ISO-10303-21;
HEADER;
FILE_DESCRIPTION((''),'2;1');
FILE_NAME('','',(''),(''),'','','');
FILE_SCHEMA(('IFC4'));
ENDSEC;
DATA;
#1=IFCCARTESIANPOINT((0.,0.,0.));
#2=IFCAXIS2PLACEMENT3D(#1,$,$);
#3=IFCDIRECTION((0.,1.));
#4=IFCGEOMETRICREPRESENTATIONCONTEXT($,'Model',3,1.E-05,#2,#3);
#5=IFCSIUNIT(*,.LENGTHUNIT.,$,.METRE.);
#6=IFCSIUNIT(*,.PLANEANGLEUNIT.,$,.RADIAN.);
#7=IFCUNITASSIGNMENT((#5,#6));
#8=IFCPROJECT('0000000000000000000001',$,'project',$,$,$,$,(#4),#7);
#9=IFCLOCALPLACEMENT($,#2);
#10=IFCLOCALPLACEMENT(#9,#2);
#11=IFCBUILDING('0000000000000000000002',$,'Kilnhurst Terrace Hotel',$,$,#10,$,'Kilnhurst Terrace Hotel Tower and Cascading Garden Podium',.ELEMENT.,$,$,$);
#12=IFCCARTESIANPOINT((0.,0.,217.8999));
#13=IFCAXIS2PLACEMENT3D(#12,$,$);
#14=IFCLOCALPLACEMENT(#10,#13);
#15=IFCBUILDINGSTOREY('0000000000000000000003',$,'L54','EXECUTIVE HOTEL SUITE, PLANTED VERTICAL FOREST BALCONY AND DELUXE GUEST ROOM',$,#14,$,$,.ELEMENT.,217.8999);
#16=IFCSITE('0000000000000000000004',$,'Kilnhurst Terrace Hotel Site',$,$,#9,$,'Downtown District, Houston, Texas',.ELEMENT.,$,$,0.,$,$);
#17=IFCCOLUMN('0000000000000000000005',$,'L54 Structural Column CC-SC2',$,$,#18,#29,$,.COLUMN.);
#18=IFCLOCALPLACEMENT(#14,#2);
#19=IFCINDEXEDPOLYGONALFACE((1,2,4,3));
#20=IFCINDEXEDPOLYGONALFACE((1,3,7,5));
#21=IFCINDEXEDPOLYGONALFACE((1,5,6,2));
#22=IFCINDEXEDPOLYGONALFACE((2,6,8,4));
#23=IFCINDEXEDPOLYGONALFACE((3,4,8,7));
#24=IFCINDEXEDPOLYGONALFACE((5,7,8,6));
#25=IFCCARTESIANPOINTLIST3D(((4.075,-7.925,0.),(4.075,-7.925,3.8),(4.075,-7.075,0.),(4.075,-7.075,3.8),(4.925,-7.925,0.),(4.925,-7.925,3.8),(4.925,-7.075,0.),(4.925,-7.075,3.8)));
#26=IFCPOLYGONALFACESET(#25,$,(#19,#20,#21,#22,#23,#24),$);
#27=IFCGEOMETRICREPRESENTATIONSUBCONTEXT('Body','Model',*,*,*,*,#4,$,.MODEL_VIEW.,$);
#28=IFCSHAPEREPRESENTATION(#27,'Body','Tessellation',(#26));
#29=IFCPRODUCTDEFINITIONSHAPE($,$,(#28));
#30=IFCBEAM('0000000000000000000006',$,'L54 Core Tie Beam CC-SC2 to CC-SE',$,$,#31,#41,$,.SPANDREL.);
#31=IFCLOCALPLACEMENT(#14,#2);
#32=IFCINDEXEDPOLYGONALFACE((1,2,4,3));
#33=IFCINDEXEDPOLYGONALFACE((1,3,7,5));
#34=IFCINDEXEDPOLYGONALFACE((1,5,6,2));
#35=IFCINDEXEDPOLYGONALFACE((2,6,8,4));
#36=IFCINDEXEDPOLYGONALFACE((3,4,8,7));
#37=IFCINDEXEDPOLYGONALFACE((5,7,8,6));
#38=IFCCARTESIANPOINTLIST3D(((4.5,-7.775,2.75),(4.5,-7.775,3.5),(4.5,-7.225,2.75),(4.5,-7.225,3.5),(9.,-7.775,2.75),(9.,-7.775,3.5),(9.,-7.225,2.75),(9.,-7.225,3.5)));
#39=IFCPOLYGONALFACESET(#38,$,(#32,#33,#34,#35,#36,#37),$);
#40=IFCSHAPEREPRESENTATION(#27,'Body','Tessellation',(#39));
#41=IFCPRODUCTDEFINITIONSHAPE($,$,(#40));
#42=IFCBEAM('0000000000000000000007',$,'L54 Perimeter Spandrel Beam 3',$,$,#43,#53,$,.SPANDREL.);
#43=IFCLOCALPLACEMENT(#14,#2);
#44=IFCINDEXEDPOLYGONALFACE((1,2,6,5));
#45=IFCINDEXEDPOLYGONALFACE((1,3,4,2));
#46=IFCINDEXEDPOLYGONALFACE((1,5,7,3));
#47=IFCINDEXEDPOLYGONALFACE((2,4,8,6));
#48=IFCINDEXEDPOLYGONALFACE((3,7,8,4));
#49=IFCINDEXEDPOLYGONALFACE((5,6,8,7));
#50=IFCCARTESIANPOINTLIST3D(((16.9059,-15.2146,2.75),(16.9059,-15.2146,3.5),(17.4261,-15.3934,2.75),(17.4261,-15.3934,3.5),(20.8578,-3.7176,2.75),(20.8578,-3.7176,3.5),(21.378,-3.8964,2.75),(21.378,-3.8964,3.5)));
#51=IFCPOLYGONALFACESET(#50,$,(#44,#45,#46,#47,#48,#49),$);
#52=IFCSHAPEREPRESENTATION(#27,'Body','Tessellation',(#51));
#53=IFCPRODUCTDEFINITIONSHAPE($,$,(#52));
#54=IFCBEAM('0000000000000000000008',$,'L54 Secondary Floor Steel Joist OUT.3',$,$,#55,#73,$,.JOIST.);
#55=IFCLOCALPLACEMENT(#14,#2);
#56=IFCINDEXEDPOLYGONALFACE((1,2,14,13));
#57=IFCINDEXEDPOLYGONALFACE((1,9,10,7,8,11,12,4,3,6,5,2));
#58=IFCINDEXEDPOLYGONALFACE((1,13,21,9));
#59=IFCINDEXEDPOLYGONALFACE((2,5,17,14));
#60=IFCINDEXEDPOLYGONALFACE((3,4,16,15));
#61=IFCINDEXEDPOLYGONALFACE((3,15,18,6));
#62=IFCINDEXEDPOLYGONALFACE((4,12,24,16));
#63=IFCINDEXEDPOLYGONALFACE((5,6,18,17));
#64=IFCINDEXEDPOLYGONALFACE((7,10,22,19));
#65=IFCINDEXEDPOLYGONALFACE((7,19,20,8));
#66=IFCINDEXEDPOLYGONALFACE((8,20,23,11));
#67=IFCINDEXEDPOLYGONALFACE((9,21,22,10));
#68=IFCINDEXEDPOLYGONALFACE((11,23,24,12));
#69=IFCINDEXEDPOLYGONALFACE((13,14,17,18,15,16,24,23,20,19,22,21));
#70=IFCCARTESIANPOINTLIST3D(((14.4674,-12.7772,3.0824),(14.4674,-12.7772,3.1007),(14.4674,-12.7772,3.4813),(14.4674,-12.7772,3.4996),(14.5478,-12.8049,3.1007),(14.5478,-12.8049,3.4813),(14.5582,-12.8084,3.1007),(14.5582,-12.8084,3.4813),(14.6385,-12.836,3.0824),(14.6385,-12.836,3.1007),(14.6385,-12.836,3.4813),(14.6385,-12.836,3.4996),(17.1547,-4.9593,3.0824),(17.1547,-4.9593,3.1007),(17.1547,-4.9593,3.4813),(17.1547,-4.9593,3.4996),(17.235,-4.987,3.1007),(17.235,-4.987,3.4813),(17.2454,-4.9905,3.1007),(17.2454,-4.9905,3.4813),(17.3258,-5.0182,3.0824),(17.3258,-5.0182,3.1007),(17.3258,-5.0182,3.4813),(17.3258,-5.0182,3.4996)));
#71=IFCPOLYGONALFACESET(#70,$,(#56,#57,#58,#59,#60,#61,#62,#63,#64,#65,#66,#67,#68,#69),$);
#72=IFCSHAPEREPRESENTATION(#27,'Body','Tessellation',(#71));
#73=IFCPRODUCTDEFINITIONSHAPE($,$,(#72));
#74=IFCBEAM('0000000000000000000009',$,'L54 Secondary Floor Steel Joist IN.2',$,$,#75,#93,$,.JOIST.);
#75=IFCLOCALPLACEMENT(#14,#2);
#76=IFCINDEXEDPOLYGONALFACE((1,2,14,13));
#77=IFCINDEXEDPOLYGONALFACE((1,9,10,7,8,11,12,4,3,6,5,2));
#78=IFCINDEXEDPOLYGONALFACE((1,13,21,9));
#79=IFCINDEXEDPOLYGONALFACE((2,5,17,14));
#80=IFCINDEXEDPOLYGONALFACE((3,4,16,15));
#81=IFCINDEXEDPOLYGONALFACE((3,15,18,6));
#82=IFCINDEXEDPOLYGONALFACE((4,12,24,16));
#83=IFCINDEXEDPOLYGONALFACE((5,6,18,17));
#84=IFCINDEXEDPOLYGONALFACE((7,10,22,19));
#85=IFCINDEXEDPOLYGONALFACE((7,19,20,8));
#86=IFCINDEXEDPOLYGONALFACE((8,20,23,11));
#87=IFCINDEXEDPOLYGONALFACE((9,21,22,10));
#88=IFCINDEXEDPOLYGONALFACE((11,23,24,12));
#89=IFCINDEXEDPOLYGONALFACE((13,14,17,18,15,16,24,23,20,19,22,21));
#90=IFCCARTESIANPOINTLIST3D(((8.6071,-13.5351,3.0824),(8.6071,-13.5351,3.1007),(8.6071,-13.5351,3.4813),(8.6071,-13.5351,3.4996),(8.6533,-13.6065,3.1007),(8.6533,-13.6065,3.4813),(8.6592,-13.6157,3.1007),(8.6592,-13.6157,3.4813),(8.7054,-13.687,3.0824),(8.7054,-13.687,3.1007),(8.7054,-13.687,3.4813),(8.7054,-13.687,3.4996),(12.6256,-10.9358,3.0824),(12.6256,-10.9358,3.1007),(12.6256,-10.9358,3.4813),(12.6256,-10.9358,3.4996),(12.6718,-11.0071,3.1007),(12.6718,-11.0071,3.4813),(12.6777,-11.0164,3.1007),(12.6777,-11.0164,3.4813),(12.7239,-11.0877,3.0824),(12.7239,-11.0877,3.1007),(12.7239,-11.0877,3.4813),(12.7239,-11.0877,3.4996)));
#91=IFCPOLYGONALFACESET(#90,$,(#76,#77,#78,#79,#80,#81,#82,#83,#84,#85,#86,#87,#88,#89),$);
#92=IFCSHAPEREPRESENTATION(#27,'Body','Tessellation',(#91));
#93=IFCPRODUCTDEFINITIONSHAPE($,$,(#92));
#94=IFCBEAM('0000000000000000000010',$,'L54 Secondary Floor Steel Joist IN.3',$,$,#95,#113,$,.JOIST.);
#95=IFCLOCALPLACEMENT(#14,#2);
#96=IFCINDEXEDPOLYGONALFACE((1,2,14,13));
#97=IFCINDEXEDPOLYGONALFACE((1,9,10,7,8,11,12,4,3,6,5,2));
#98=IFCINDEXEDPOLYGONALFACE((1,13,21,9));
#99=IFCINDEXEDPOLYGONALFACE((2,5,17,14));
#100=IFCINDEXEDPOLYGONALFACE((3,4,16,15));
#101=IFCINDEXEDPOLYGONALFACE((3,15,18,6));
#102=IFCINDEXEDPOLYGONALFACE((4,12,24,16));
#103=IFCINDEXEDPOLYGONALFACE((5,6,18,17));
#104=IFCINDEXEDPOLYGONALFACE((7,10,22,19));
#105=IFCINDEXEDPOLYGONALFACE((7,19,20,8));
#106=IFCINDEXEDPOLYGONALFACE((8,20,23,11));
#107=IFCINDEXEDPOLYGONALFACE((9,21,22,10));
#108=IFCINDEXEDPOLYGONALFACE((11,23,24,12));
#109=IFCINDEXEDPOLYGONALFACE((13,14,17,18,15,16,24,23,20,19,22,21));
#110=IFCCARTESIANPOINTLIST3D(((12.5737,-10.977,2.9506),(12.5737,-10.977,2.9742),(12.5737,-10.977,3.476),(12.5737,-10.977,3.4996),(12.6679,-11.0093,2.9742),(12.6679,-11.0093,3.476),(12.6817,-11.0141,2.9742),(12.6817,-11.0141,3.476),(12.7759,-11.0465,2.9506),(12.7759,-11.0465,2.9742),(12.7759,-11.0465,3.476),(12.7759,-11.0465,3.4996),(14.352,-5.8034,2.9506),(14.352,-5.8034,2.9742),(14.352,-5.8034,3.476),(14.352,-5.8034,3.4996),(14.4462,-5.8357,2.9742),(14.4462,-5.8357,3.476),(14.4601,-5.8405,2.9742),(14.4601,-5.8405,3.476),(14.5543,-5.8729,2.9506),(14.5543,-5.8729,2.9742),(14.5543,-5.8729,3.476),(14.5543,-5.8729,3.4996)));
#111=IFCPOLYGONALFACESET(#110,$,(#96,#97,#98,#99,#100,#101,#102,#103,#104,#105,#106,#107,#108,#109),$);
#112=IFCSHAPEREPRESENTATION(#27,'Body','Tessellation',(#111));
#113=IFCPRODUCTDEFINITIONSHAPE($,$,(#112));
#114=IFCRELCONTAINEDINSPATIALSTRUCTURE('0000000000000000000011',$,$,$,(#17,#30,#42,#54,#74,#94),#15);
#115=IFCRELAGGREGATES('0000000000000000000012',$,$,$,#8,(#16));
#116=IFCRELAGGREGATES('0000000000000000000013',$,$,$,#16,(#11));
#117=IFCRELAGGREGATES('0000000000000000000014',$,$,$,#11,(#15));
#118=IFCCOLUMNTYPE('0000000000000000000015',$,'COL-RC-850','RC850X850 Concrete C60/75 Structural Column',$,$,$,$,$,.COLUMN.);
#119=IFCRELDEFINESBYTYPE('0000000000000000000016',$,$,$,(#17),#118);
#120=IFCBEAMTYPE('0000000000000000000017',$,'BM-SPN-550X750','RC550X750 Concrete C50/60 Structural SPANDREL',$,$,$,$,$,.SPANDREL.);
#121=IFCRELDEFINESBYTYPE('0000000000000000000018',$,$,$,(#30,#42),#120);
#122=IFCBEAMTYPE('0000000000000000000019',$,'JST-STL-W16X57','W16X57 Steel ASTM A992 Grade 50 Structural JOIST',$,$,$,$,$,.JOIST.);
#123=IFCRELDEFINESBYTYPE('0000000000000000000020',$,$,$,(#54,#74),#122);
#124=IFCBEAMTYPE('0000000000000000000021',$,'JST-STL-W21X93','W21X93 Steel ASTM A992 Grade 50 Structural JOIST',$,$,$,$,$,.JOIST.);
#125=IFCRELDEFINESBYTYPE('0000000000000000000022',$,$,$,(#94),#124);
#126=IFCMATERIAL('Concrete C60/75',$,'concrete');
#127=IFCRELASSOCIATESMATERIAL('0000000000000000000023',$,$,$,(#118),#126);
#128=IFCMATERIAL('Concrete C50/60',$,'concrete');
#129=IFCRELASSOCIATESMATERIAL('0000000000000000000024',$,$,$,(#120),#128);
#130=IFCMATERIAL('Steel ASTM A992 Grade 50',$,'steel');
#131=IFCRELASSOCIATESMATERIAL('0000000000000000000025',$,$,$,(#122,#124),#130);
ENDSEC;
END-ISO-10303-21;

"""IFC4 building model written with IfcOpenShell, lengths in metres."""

from ifc_helpers import new_model, si_unit, direction, frame, origin, origin_2d, place, context, subcontext, project, spatial, rectangle, i_section, extrude, material, material_profile, profile_set, type_object, element, save


model = new_model("IFC4")

# Units and contexts
model_context = context("Model", 3, precision=1e-05, world=origin(), true_north=direction((0.0, 1.0)))
body_context = subcontext(model_context, "Body", "Model", "MODEL_VIEW")
ifc_project = project(units=[si_unit("LENGTHUNIT", "METRE"), si_unit("PLANEANGLEUNIT", "RADIAN")], contexts=[model_context])

# Site, building, storey
site_placement = place(None, origin())
site = spatial("IfcSite", under=ifc_project, at=site_placement, Name="Kilnhurst Terrace Hotel Site", LongName="Downtown District, Houston, Texas", CompositionType="ELEMENT", RefElevation=0.0)
building_placement = place(site_placement, origin())
building = spatial("IfcBuilding", under=site, at=building_placement, Name="Kilnhurst Terrace Hotel", LongName="Kilnhurst Terrace Hotel Tower and Cascading Garden Podium", CompositionType="ELEMENT")
storey_placement = place(building_placement, frame((0.0, 0.0, 217.8999)))
storey = spatial("IfcBuildingStorey", under=building, at=storey_placement, Name="L54", Description="EXECUTIVE HOTEL SUITE, PLANTED VERTICAL FOREST BALCONY AND DELUXE GUEST ROOM", CompositionType="ELEMENT", Elevation=217.8999)

# Column
ifc_material_1 = material(Name="Concrete C60/75", Category="concrete")
ifc_material_profile_1 = material_profile(ifc_material_1, rectangle(XDim=0.8501, YDim=0.8501, at=origin_2d()), Name="RC850X850")
ifc_profile_set_1 = profile_set([ifc_material_profile_1], Name="Concrete C60/75")
column_type = type_object("IfcColumnType", Name="COL-RC-850", Description="RC850X850 Concrete C60/75 Structural Column", PredefinedType="COLUMN", material=ifc_profile_set_1)
column_placement = place(storey_placement, frame((4.5, -7.5, 0.0), z_axis=(0.0, 0.0, 1.0), x_axis=(1.0, 0.0, 0.0)))
element("IfcColumn", 1, at=column_placement, inside=storey, type_object=column_type, Name="L54 Structural Column CC-SC2", PredefinedType="COLUMN", context=body_context, shape_type="SweptSolid", body=[
    extrude(rectangle(XDim=0.8501, YDim=0.8501, at=origin_2d()), origin(), (0.0, 0.0, 1.0), 3.8),
])

# Beams
ifc_material_2 = material(Name="Concrete C50/60", Category="concrete")
ifc_material_profile_2 = material_profile(ifc_material_2, rectangle(XDim=0.55, YDim=0.75, at=origin_2d()), Name="RC550X750")
ifc_profile_set_2 = profile_set([ifc_material_profile_2], Name="Concrete C50/60")
beam_type_1 = type_object("IfcBeamType", Name="BM-SPN-550X750", Description="RC550X750 Concrete C50/60 Structural SPANDREL", PredefinedType="SPANDREL", material=ifc_profile_set_2)
beam_1_placement = place(storey_placement, frame((4.5, -7.5, 3.125), z_axis=(1.0, 0.0, 0.0), x_axis=(0.0, 1.0, 0.0)))
element("IfcBeam", 2, at=beam_1_placement, inside=storey, type_object=beam_type_1, Name="L54 Core Tie Beam CC-SC2 to CC-SE", PredefinedType="SPANDREL", context=body_context, shape_type="SweptSolid", body=[
    extrude(rectangle(XDim=0.55, YDim=0.75, at=origin_2d()), origin(), (0.0, 0.0, 1.0), 4.5),
])
beam_2_placement = place(storey_placement, frame((17.166, -15.304, 3.125), z_axis=(0.325064, 0.945692, 0.0), x_axis=(-0.945692, 0.325064, 0.0)))
element("IfcBeam", 3, at=beam_2_placement, inside=storey, type_object=beam_type_1, Name="L54 Perimeter Spandrel Beam 3", PredefinedType="SPANDREL", context=body_context, shape_type="SweptSolid", body=[
    extrude(rectangle(XDim=0.55, YDim=0.75, at=origin_2d()), origin(), (0.0, 0.0, 1.0), 12.1572),
])
ifc_material_3 = material(Name="Steel ASTM A992 Grade 50", Category="steel")
ifc_material_profile_3 = material_profile(ifc_material_3, i_section(OverallWidth=0.1809, OverallDepth=0.4172, WebThickness=0.011, FlangeThickness=0.0183, at=origin_2d()), Name="W16X57")
ifc_profile_set_3 = profile_set([ifc_material_profile_3], Name="Steel ASTM A992 Grade 50")
beam_type_2 = type_object("IfcBeamType", Name="JST-STL-W16X57", Description="W16X57 Steel ASTM A992 Grade 50 Structural JOIST", PredefinedType="JOIST", material=ifc_profile_set_3)
beam_3_placement = place(storey_placement, frame((14.553, -12.8066, 3.291), z_axis=(0.325065, 0.945692, 0.0), x_axis=(-0.945692, 0.325065, 0.0)))
element("IfcBeam", 4, at=beam_3_placement, inside=storey, type_object=beam_type_2, Name="L54 Secondary Floor Steel Joist OUT.3", PredefinedType="JOIST", context=body_context, shape_type="SweptSolid", body=[
    extrude(i_section(OverallWidth=0.1809, OverallDepth=0.4172, WebThickness=0.011, FlangeThickness=0.0183, at=origin_2d()), origin(), (0.0, 0.0, 1.0), 8.2668),
])
beam_4_placement = place(storey_placement, frame((8.6562, -13.6111, 3.291), z_axis=(0.839654, 0.543122, 0.0), x_axis=(-0.543122, 0.839654, 0.0)))
element("IfcBeam", 5, at=beam_4_placement, inside=storey, type_object=beam_type_2, Name="L54 Secondary Floor Steel Joist IN.2", PredefinedType="JOIST", context=body_context, shape_type="SweptSolid", body=[
    extrude(i_section(OverallWidth=0.1809, OverallDepth=0.4172, WebThickness=0.011, FlangeThickness=0.0183, at=origin_2d()), origin(), (0.0, 0.0, 1.0), 4.7859),
])
ifc_material_profile_4 = material_profile(ifc_material_3, i_section(OverallWidth=0.2139, OverallDepth=0.5491, WebThickness=0.0146, FlangeThickness=0.0237, at=origin_2d()), Name="W21X93")
ifc_profile_set_4 = profile_set([ifc_material_profile_4], Name="Steel ASTM A992 Grade 50")
beam_type_3 = type_object("IfcBeamType", Name="JST-STL-W21X93", Description="W21X93 Steel ASTM A992 Grade 50 Structural JOIST", PredefinedType="JOIST", material=ifc_profile_set_4)
beam_5_placement = place(storey_placement, frame((12.6748, -11.0117, 3.2251), z_axis=(0.325064, 0.945692, 0.0), x_axis=(-0.945692, 0.325064, 0.0)))
element("IfcBeam", 6, at=beam_5_placement, inside=storey, type_object=beam_type_3, Name="L54 Secondary Floor Steel Joist IN.3", PredefinedType="JOIST", context=body_context, shape_type="SweptSolid", body=[
    extrude(i_section(OverallWidth=0.2139, OverallDepth=0.5491, WebThickness=0.0146, FlangeThickness=0.0237, at=origin_2d()), origin(), (0.0, 0.0, 1.0), 5.4707),
])

save(model, "model.ifc")
